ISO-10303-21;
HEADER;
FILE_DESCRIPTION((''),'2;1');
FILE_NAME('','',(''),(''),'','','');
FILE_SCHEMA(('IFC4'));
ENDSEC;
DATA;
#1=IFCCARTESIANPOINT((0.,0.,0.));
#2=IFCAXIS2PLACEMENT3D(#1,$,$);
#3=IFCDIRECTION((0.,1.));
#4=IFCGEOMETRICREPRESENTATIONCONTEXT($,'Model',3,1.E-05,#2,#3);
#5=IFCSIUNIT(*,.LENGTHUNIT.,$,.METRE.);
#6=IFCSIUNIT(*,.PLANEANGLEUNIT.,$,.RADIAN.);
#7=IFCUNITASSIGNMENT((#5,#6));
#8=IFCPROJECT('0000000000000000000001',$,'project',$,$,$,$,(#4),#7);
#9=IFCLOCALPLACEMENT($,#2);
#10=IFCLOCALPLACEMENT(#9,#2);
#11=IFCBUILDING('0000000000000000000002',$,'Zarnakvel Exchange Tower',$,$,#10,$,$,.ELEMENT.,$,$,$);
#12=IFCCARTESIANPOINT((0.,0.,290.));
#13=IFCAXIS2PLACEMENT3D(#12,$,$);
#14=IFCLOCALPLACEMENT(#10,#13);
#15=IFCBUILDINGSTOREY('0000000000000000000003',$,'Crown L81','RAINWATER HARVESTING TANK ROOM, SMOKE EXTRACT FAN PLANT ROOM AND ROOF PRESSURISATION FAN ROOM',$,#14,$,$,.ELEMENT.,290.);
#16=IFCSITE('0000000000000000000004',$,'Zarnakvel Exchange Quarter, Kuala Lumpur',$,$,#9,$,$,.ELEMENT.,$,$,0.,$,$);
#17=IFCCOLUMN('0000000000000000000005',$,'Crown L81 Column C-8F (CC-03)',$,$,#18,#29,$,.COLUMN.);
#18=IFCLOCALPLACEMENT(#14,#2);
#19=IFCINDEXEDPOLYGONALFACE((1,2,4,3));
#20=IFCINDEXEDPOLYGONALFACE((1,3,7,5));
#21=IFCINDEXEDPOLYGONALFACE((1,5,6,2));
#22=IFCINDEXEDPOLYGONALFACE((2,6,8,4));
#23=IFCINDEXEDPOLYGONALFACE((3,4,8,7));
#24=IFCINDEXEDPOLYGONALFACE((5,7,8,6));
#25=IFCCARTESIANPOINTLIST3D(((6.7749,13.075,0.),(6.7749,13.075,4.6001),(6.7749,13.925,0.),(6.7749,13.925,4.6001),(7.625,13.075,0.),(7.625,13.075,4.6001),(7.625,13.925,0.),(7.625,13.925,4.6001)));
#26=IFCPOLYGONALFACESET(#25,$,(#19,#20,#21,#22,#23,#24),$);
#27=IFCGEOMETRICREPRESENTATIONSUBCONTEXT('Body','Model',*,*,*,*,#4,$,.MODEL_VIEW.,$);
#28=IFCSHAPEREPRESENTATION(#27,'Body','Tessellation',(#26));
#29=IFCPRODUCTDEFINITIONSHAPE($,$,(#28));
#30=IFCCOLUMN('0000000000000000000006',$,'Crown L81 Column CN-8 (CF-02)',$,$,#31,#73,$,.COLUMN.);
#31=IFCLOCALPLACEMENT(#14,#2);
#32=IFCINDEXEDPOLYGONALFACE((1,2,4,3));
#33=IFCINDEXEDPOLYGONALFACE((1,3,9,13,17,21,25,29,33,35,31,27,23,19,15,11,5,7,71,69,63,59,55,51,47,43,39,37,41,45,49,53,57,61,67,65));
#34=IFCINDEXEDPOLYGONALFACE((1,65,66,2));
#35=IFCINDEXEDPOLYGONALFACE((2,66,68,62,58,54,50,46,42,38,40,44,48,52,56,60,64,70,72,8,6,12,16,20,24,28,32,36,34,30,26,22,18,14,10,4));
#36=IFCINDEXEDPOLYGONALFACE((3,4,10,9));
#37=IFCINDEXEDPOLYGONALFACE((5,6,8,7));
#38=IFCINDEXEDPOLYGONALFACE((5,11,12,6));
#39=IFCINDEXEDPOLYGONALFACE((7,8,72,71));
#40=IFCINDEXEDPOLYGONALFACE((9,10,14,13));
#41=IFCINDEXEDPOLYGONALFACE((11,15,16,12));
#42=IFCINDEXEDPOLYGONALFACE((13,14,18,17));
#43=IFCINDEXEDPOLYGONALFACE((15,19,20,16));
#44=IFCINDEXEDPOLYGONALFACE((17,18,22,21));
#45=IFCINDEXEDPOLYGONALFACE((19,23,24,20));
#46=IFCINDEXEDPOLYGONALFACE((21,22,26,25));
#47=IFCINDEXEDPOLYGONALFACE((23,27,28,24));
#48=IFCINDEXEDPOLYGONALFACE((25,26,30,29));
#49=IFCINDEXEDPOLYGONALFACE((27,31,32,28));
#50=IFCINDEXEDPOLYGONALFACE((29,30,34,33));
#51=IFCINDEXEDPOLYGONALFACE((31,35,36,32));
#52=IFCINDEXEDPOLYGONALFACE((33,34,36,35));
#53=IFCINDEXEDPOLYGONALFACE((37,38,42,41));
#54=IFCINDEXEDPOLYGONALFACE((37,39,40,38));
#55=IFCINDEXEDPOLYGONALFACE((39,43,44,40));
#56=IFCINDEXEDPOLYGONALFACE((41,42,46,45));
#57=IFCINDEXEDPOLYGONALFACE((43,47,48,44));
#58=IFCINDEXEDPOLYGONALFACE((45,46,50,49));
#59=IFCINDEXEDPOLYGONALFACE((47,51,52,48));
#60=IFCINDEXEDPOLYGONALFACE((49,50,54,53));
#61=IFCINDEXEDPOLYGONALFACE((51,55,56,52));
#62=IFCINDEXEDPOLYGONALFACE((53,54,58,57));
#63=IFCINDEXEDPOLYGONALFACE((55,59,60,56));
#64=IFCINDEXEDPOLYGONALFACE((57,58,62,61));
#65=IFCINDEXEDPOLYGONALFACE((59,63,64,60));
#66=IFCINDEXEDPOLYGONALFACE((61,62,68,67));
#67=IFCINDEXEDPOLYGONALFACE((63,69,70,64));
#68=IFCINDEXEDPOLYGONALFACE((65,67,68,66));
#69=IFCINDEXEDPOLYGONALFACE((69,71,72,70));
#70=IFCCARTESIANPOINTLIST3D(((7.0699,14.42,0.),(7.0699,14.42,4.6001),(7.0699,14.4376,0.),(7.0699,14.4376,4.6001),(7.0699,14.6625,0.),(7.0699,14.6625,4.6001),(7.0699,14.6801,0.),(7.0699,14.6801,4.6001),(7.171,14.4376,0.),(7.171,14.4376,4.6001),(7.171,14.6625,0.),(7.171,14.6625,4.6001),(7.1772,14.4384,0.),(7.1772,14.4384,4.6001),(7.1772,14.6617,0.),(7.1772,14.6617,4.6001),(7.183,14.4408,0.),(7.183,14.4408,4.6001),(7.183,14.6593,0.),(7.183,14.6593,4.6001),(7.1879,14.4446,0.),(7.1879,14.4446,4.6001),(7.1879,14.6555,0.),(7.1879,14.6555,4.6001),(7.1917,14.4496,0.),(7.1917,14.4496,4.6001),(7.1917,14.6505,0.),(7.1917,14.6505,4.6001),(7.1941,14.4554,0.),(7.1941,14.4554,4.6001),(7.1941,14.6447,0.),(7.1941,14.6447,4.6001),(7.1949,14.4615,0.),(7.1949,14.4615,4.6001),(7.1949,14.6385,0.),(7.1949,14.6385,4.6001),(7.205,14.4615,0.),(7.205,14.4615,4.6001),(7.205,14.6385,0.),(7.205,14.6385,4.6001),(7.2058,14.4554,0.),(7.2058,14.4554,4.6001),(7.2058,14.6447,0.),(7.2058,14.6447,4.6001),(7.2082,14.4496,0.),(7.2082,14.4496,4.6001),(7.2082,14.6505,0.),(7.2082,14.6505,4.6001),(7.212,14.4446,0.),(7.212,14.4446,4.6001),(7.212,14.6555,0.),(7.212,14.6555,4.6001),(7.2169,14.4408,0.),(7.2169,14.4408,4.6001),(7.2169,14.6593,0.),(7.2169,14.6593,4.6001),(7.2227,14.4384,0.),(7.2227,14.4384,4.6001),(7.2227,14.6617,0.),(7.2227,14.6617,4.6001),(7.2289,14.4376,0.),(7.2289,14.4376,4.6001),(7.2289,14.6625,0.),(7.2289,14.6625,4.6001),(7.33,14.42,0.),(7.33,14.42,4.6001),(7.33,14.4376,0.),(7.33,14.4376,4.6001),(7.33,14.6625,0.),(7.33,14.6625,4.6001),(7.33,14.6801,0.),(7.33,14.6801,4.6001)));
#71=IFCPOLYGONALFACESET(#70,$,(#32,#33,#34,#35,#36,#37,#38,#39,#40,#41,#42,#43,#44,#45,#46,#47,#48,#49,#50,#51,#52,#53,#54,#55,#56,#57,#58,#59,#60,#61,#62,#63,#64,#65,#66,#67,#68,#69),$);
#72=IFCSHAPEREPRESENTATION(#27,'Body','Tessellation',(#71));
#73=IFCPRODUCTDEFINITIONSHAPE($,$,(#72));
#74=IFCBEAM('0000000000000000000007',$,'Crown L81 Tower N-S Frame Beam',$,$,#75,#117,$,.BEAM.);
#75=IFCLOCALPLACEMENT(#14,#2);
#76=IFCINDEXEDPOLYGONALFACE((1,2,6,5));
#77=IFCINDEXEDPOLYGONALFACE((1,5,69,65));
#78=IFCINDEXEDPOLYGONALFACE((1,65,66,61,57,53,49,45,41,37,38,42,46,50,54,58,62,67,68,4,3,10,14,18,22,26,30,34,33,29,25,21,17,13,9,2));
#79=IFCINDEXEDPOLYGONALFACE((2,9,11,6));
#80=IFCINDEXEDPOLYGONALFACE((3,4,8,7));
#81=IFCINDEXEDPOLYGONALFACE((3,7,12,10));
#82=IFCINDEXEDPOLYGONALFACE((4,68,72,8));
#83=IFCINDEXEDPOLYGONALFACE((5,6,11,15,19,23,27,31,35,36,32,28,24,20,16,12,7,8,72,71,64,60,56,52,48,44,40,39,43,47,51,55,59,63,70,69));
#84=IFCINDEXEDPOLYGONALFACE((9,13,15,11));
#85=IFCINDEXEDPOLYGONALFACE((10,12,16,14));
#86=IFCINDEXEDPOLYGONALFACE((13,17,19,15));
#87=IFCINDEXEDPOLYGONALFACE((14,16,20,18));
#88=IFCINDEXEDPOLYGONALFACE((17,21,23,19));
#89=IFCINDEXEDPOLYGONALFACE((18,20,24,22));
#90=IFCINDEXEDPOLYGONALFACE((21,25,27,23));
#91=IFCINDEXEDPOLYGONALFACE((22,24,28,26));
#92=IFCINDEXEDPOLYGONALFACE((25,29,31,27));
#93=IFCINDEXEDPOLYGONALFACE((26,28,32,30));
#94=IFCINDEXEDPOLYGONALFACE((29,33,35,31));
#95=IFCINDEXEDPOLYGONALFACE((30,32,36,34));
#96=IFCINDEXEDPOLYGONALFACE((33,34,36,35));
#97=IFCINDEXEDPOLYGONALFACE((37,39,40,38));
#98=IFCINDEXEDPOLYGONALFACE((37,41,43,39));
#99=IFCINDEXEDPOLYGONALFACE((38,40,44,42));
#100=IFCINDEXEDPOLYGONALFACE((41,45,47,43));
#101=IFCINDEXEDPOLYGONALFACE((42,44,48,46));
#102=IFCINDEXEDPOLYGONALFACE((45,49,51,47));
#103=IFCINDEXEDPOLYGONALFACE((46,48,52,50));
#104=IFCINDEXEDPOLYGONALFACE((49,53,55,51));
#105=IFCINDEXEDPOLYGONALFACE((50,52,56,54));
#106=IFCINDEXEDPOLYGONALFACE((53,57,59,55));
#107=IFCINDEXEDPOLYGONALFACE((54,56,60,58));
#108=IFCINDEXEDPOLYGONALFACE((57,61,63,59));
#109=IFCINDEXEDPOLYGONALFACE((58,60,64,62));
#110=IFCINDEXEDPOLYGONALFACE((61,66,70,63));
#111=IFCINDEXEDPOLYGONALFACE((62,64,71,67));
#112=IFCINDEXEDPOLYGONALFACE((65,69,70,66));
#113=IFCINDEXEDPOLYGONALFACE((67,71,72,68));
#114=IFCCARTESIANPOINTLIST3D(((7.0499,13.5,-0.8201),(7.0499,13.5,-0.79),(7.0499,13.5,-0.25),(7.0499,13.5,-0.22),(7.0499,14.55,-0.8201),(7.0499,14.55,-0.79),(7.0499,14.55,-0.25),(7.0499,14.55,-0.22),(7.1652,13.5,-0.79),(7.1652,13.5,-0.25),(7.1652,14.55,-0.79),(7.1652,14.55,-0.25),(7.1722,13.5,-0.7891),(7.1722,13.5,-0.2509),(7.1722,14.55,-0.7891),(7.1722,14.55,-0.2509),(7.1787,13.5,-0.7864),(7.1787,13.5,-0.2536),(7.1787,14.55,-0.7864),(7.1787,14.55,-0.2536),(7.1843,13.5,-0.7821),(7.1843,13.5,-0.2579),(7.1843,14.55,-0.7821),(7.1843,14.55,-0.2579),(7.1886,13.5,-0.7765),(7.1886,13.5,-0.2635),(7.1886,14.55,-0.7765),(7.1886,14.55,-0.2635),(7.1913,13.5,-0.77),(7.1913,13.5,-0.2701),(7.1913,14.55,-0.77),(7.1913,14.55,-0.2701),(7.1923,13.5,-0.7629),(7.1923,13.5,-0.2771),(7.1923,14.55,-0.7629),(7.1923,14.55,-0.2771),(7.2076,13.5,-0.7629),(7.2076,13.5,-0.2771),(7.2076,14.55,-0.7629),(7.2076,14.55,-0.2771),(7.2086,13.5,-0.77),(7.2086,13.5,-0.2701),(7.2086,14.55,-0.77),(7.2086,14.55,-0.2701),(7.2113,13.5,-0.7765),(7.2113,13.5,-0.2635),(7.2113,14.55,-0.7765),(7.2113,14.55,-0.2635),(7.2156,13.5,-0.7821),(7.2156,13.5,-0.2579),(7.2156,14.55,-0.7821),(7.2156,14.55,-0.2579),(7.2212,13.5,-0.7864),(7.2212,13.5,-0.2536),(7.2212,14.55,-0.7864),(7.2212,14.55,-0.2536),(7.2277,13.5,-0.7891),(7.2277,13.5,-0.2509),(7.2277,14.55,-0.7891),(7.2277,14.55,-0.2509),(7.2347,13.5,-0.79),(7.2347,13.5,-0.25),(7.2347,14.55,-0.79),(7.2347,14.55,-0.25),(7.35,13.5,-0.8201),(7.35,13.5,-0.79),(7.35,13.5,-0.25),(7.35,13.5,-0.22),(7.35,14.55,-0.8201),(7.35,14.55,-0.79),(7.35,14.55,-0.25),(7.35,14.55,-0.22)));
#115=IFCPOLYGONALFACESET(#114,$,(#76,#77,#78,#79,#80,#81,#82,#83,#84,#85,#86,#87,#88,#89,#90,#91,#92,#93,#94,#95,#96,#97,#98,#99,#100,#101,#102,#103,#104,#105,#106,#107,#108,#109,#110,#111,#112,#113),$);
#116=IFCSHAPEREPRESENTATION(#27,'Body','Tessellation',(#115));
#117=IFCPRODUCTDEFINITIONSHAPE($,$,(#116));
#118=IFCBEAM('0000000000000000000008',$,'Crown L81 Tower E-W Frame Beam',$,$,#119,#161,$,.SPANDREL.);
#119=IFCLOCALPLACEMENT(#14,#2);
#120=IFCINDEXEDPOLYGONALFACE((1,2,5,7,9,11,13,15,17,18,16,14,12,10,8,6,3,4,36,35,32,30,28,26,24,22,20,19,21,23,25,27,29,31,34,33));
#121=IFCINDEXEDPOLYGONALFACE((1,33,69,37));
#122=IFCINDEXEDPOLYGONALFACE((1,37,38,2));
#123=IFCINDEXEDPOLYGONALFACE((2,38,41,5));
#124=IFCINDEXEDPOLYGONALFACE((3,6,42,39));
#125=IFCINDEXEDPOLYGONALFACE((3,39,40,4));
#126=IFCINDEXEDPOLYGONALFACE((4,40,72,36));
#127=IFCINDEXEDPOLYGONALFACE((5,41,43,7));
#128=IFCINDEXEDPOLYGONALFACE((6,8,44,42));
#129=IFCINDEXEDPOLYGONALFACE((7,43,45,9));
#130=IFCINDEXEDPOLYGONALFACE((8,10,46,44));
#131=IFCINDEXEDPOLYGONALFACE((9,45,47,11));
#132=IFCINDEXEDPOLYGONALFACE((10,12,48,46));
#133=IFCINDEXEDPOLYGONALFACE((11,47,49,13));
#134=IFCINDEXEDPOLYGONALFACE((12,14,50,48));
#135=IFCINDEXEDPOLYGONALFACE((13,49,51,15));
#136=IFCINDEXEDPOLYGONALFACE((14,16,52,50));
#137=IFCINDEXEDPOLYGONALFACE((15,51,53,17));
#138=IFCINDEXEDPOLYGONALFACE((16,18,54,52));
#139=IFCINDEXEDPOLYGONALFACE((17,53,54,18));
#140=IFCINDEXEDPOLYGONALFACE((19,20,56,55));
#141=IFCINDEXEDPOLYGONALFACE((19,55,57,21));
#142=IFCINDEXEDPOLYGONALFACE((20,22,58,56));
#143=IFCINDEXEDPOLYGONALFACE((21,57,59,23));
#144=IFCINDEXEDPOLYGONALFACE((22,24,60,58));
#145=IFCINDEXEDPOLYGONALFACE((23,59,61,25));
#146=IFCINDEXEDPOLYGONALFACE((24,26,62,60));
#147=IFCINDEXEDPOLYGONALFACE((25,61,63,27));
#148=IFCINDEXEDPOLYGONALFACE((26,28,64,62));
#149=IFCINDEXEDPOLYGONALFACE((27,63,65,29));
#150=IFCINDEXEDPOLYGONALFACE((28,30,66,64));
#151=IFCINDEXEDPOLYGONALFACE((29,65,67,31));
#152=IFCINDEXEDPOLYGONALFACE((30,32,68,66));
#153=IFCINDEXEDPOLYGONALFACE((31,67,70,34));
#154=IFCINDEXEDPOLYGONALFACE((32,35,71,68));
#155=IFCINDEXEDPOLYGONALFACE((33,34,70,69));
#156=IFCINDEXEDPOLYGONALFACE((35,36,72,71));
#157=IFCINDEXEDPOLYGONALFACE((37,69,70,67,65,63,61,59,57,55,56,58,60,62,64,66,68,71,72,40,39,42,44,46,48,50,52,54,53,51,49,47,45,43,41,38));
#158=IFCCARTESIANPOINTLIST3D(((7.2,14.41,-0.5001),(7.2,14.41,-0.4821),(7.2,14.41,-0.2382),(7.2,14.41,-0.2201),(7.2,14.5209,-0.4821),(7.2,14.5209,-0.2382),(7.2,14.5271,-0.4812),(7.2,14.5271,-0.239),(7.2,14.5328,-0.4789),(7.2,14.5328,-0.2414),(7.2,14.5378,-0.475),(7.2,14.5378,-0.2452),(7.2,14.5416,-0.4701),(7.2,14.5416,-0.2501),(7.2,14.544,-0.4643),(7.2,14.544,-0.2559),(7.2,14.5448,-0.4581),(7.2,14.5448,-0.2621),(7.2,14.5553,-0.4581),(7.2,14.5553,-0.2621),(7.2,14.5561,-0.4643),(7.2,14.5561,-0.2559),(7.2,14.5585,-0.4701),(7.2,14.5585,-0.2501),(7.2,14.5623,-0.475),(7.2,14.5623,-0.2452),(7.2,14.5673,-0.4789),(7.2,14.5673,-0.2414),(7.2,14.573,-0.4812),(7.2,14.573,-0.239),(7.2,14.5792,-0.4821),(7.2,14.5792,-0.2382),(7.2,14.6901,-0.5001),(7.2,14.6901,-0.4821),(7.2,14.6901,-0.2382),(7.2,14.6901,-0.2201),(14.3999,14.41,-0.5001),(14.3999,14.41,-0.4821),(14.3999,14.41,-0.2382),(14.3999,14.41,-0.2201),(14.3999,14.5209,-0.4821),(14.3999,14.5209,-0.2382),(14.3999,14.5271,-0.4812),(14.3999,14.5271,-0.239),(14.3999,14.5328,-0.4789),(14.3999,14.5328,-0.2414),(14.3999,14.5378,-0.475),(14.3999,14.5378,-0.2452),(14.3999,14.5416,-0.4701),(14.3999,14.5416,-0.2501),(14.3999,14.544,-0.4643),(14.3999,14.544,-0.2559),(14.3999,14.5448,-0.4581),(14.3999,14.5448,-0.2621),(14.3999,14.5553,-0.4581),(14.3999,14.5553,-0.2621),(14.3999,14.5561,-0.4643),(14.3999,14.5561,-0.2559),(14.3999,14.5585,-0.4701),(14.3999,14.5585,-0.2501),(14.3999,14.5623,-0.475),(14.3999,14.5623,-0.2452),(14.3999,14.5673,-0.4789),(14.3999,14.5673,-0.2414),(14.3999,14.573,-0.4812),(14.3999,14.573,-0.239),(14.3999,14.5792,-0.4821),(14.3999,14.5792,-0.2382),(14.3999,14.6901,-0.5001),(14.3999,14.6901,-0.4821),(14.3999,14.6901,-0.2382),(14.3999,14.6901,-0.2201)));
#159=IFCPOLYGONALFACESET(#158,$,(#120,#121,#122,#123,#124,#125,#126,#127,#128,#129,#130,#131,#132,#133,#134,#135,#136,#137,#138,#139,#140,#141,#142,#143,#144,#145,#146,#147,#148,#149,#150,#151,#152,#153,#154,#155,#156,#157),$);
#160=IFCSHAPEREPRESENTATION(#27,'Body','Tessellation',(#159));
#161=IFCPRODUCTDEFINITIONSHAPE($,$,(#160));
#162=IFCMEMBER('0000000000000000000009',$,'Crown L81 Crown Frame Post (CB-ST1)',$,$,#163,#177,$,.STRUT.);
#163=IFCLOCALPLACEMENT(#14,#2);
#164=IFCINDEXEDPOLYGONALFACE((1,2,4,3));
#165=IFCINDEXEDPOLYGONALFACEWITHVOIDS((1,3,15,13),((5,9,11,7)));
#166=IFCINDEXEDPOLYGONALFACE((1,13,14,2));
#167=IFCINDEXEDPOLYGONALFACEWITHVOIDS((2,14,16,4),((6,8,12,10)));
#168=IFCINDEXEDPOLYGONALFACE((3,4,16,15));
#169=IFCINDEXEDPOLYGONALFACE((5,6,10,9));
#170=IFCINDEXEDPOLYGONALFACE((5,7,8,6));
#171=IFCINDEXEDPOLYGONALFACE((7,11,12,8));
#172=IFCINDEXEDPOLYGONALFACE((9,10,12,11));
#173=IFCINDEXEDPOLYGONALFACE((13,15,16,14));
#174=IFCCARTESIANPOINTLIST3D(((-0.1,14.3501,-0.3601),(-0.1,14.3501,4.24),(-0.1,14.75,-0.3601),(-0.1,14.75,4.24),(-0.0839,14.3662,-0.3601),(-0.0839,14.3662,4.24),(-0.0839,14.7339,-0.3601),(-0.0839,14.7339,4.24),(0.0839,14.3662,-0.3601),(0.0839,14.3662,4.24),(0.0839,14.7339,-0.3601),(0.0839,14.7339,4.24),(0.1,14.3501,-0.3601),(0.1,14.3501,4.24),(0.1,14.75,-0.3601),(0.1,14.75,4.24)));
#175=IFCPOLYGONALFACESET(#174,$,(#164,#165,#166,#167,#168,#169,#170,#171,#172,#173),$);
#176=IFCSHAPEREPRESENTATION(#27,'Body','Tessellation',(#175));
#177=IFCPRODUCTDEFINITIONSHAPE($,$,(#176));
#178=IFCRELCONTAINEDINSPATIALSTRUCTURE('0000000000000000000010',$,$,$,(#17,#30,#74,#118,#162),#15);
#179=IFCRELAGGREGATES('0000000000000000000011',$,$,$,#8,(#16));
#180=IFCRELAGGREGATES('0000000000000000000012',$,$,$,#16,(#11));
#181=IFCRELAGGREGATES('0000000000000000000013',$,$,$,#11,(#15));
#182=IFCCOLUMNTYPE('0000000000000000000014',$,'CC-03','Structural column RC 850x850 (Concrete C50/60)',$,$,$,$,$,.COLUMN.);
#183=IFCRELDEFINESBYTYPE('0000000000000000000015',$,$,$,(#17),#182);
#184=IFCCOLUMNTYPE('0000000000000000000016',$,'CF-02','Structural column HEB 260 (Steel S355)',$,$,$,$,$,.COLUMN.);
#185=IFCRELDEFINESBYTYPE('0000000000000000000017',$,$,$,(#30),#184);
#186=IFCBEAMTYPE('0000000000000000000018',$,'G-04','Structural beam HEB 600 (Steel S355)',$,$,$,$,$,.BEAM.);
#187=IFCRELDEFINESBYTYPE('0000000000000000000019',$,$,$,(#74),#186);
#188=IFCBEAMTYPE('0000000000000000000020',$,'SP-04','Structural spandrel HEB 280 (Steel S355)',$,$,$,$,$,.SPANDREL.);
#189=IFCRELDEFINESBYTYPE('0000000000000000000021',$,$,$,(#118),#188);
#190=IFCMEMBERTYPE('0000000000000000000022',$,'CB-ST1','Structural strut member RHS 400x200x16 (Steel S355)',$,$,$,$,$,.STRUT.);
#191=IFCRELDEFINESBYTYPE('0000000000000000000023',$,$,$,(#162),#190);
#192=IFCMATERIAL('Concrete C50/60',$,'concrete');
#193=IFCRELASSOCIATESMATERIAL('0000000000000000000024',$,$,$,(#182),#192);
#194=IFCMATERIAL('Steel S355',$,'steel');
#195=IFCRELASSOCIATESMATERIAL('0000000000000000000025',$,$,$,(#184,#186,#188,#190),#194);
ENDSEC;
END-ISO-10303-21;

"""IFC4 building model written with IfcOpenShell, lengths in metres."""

from ifc_helpers import new_model, si_unit, direction, frame, origin, origin_2d, place, context, subcontext, project, spatial, rectangle, hollow_rectangle, i_section, extrude, source, transform, mapped, material, material_profile, profile_set, type_object, element, save


model = new_model("IFC4")

# Units and contexts
model_context = context("Model", 3, precision=1e-05, world=origin(), true_north=direction((0.0, 1.0)))
body_context = subcontext(model_context, "Body", "Model", "MODEL_VIEW")
ifc_project = project(units=[si_unit("LENGTHUNIT", "METRE"), si_unit("PLANEANGLEUNIT", "RADIAN")], contexts=[model_context])

# Site, building, storey
site_placement = place(None, origin())
site = spatial("IfcSite", under=ifc_project, at=site_placement, Name="Zarnakvel Exchange Quarter, Kuala Lumpur", CompositionType="ELEMENT", RefElevation=0.0)
building_placement = place(site_placement, origin())
building = spatial("IfcBuilding", under=site, at=building_placement, Name="Zarnakvel Exchange Tower", CompositionType="ELEMENT")
storey_placement = place(building_placement, frame((0.0, 0.0, 290.0)))
storey = spatial("IfcBuildingStorey", under=building, at=storey_placement, Name="Crown L81", Description="RAINWATER HARVESTING TANK ROOM, SMOKE EXTRACT FAN PLANT ROOM AND ROOF PRESSURISATION FAN ROOM", CompositionType="ELEMENT", Elevation=290.0)

# Columns
ifc_material_1 = material(Name="Concrete C50/60", Category="concrete")
ifc_material_profile_1 = material_profile(ifc_material_1, rectangle(XDim=0.8501, YDim=0.8501, at=origin_2d()))
ifc_profile_set_1 = profile_set([ifc_material_profile_1], Name="Concrete C50/60")
column_type_1 = type_object("IfcColumnType", Name="CC-03", Description="Structural column RC 850x850 (Concrete C50/60)", PredefinedType="COLUMN", material=ifc_profile_set_1)
column_1_placement = place(storey_placement, frame((7.2, 13.5, 0.0), z_axis=(0.0, 0.0, 1.0), x_axis=(1.0, 0.0, 0.0)))
element("IfcColumn", 1, at=column_1_placement, inside=storey, type_object=column_type_1, Name="Crown L81 Column C-8F (CC-03)", PredefinedType="COLUMN", context=body_context, shape_type="SweptSolid", body=[
    extrude(rectangle(XDim=0.8501, YDim=0.8501, at=origin_2d()), origin(), (0.0, 0.0, 1.0), 4.6001),
])
ifc_material_2 = material(Name="Steel S355", Category="steel")
ifc_material_profile_2 = material_profile(ifc_material_2, i_section(OverallWidth=0.26, OverallDepth=0.26, WebThickness=0.01, FlangeThickness=0.0176, FilletRadius=0.0239, at=origin_2d()))
ifc_profile_set_2 = profile_set([ifc_material_profile_2], Name="Steel S355")
column_type_2 = type_object("IfcColumnType", Name="CF-02", Description="Structural column HEB 260 (Steel S355)", PredefinedType="COLUMN", material=ifc_profile_set_2)
column_2_placement = place(storey_placement, frame((7.2, 14.55, 0.0), z_axis=(0.0, 0.0, 1.0), x_axis=(1.0, 0.0, 0.0)))
element("IfcColumn", 2, at=column_2_placement, inside=storey, type_object=column_type_2, Name="Crown L81 Column CN-8 (CF-02)", PredefinedType="COLUMN", context=body_context, shape_type="SweptSolid", body=[
    extrude(i_section(OverallWidth=0.26, OverallDepth=0.26, WebThickness=0.01, FlangeThickness=0.0176, FilletRadius=0.0239, at=origin_2d()), origin(), (0.0, 0.0, 1.0), 4.6001),
])

# Beams
ifc_material_profile_3 = material_profile(ifc_material_2, i_section(OverallWidth=0.3, OverallDepth=0.6001, WebThickness=0.0154, FlangeThickness=0.03, FilletRadius=0.0271, at=origin_2d()))
ifc_profile_set_3 = profile_set([ifc_material_profile_3], Name="Steel S355")
beam_type_1 = type_object("IfcBeamType", Name="G-04", Description="Structural beam HEB 600 (Steel S355)", PredefinedType="BEAM", material=ifc_profile_set_3)
beam_1_placement = place(storey_placement, frame((7.2, 13.5, -0.52), z_axis=(0.0, 1.0, 0.0), x_axis=(-1.0, 0.0, 0.0)))
element("IfcBeam", 3, at=beam_1_placement, inside=storey, type_object=beam_type_1, Name="Crown L81 Tower N-S Frame Beam", PredefinedType="BEAM", context=body_context, shape_type="SweptSolid", body=[
    extrude(i_section(OverallWidth=0.3, OverallDepth=0.6001, WebThickness=0.0154, FlangeThickness=0.03, FilletRadius=0.0271, at=origin_2d()), origin(), (0.0, 0.0, 1.0), 1.05),
])
ifc_material_profile_4 = material_profile(ifc_material_2, i_section(OverallWidth=0.28, OverallDepth=0.28, WebThickness=0.0105, FlangeThickness=0.0181, FilletRadius=0.0239, at=origin_2d()))
ifc_profile_set_4 = profile_set([ifc_material_profile_4], Name="Steel S355")
beam_type_2 = type_object("IfcBeamType", Name="SP-04", Description="Structural spandrel HEB 280 (Steel S355)", PredefinedType="SPANDREL", material=ifc_profile_set_4)
beam_2_placement = place(storey_placement, frame((7.2, 14.55, -0.3601), z_axis=(1.0, 0.0, 0.0), x_axis=(0.0, 1.0, 0.0)))
element("IfcBeam", 4, at=beam_2_placement, inside=storey, type_object=beam_type_2, Name="Crown L81 Tower E-W Frame Beam", PredefinedType="SPANDREL", context=body_context, shape_type="SweptSolid", body=[
    extrude(i_section(OverallWidth=0.28, OverallDepth=0.28, WebThickness=0.0105, FlangeThickness=0.0181, FilletRadius=0.0239, at=origin_2d()), origin(), (0.0, 0.0, 1.0), 7.2),
])

# Member
ifc_material_profile_5 = material_profile(ifc_material_2, hollow_rectangle(XDim=0.2, YDim=0.3999, WallThickness=0.0161, at=origin_2d()))
ifc_profile_set_5 = profile_set([ifc_material_profile_5], Name="Steel S355")
member_type = type_object("IfcMemberType", Name="CB-ST1", Description="Structural strut member RHS 400x200x16 (Steel S355)", PredefinedType="STRUT", material=ifc_profile_set_5)
shared_shape_1 = source(origin(), body_context, "Body", "SweptSolid", [
    extrude(hollow_rectangle(XDim=0.2, YDim=0.3999, WallThickness=0.0161, at=origin_2d()), origin(), (0.0, 0.0, 1.0), 4.6001),
])
member_placement = place(storey_placement, frame((0.0, 14.55, -0.3601), z_axis=(0.0, 0.0, 1.0), x_axis=(1.0, 0.0, 0.0)))
element("IfcMember", 5, at=member_placement, inside=storey, type_object=member_type, Name="Crown L81 Crown Frame Post (CB-ST1)", PredefinedType="STRUT", context=body_context, shape_type="MappedRepresentation", body=[
    mapped(shared_shape_1, transform((0.0, 0.0, 0.0), x_axis=(1.0, 0.0, 0.0), y_axis=(0.0, 1.0, 0.0), z_axis=(0.0, 0.0, 1.0), scale=1.0)),
])

save(model, "model.ifc")
